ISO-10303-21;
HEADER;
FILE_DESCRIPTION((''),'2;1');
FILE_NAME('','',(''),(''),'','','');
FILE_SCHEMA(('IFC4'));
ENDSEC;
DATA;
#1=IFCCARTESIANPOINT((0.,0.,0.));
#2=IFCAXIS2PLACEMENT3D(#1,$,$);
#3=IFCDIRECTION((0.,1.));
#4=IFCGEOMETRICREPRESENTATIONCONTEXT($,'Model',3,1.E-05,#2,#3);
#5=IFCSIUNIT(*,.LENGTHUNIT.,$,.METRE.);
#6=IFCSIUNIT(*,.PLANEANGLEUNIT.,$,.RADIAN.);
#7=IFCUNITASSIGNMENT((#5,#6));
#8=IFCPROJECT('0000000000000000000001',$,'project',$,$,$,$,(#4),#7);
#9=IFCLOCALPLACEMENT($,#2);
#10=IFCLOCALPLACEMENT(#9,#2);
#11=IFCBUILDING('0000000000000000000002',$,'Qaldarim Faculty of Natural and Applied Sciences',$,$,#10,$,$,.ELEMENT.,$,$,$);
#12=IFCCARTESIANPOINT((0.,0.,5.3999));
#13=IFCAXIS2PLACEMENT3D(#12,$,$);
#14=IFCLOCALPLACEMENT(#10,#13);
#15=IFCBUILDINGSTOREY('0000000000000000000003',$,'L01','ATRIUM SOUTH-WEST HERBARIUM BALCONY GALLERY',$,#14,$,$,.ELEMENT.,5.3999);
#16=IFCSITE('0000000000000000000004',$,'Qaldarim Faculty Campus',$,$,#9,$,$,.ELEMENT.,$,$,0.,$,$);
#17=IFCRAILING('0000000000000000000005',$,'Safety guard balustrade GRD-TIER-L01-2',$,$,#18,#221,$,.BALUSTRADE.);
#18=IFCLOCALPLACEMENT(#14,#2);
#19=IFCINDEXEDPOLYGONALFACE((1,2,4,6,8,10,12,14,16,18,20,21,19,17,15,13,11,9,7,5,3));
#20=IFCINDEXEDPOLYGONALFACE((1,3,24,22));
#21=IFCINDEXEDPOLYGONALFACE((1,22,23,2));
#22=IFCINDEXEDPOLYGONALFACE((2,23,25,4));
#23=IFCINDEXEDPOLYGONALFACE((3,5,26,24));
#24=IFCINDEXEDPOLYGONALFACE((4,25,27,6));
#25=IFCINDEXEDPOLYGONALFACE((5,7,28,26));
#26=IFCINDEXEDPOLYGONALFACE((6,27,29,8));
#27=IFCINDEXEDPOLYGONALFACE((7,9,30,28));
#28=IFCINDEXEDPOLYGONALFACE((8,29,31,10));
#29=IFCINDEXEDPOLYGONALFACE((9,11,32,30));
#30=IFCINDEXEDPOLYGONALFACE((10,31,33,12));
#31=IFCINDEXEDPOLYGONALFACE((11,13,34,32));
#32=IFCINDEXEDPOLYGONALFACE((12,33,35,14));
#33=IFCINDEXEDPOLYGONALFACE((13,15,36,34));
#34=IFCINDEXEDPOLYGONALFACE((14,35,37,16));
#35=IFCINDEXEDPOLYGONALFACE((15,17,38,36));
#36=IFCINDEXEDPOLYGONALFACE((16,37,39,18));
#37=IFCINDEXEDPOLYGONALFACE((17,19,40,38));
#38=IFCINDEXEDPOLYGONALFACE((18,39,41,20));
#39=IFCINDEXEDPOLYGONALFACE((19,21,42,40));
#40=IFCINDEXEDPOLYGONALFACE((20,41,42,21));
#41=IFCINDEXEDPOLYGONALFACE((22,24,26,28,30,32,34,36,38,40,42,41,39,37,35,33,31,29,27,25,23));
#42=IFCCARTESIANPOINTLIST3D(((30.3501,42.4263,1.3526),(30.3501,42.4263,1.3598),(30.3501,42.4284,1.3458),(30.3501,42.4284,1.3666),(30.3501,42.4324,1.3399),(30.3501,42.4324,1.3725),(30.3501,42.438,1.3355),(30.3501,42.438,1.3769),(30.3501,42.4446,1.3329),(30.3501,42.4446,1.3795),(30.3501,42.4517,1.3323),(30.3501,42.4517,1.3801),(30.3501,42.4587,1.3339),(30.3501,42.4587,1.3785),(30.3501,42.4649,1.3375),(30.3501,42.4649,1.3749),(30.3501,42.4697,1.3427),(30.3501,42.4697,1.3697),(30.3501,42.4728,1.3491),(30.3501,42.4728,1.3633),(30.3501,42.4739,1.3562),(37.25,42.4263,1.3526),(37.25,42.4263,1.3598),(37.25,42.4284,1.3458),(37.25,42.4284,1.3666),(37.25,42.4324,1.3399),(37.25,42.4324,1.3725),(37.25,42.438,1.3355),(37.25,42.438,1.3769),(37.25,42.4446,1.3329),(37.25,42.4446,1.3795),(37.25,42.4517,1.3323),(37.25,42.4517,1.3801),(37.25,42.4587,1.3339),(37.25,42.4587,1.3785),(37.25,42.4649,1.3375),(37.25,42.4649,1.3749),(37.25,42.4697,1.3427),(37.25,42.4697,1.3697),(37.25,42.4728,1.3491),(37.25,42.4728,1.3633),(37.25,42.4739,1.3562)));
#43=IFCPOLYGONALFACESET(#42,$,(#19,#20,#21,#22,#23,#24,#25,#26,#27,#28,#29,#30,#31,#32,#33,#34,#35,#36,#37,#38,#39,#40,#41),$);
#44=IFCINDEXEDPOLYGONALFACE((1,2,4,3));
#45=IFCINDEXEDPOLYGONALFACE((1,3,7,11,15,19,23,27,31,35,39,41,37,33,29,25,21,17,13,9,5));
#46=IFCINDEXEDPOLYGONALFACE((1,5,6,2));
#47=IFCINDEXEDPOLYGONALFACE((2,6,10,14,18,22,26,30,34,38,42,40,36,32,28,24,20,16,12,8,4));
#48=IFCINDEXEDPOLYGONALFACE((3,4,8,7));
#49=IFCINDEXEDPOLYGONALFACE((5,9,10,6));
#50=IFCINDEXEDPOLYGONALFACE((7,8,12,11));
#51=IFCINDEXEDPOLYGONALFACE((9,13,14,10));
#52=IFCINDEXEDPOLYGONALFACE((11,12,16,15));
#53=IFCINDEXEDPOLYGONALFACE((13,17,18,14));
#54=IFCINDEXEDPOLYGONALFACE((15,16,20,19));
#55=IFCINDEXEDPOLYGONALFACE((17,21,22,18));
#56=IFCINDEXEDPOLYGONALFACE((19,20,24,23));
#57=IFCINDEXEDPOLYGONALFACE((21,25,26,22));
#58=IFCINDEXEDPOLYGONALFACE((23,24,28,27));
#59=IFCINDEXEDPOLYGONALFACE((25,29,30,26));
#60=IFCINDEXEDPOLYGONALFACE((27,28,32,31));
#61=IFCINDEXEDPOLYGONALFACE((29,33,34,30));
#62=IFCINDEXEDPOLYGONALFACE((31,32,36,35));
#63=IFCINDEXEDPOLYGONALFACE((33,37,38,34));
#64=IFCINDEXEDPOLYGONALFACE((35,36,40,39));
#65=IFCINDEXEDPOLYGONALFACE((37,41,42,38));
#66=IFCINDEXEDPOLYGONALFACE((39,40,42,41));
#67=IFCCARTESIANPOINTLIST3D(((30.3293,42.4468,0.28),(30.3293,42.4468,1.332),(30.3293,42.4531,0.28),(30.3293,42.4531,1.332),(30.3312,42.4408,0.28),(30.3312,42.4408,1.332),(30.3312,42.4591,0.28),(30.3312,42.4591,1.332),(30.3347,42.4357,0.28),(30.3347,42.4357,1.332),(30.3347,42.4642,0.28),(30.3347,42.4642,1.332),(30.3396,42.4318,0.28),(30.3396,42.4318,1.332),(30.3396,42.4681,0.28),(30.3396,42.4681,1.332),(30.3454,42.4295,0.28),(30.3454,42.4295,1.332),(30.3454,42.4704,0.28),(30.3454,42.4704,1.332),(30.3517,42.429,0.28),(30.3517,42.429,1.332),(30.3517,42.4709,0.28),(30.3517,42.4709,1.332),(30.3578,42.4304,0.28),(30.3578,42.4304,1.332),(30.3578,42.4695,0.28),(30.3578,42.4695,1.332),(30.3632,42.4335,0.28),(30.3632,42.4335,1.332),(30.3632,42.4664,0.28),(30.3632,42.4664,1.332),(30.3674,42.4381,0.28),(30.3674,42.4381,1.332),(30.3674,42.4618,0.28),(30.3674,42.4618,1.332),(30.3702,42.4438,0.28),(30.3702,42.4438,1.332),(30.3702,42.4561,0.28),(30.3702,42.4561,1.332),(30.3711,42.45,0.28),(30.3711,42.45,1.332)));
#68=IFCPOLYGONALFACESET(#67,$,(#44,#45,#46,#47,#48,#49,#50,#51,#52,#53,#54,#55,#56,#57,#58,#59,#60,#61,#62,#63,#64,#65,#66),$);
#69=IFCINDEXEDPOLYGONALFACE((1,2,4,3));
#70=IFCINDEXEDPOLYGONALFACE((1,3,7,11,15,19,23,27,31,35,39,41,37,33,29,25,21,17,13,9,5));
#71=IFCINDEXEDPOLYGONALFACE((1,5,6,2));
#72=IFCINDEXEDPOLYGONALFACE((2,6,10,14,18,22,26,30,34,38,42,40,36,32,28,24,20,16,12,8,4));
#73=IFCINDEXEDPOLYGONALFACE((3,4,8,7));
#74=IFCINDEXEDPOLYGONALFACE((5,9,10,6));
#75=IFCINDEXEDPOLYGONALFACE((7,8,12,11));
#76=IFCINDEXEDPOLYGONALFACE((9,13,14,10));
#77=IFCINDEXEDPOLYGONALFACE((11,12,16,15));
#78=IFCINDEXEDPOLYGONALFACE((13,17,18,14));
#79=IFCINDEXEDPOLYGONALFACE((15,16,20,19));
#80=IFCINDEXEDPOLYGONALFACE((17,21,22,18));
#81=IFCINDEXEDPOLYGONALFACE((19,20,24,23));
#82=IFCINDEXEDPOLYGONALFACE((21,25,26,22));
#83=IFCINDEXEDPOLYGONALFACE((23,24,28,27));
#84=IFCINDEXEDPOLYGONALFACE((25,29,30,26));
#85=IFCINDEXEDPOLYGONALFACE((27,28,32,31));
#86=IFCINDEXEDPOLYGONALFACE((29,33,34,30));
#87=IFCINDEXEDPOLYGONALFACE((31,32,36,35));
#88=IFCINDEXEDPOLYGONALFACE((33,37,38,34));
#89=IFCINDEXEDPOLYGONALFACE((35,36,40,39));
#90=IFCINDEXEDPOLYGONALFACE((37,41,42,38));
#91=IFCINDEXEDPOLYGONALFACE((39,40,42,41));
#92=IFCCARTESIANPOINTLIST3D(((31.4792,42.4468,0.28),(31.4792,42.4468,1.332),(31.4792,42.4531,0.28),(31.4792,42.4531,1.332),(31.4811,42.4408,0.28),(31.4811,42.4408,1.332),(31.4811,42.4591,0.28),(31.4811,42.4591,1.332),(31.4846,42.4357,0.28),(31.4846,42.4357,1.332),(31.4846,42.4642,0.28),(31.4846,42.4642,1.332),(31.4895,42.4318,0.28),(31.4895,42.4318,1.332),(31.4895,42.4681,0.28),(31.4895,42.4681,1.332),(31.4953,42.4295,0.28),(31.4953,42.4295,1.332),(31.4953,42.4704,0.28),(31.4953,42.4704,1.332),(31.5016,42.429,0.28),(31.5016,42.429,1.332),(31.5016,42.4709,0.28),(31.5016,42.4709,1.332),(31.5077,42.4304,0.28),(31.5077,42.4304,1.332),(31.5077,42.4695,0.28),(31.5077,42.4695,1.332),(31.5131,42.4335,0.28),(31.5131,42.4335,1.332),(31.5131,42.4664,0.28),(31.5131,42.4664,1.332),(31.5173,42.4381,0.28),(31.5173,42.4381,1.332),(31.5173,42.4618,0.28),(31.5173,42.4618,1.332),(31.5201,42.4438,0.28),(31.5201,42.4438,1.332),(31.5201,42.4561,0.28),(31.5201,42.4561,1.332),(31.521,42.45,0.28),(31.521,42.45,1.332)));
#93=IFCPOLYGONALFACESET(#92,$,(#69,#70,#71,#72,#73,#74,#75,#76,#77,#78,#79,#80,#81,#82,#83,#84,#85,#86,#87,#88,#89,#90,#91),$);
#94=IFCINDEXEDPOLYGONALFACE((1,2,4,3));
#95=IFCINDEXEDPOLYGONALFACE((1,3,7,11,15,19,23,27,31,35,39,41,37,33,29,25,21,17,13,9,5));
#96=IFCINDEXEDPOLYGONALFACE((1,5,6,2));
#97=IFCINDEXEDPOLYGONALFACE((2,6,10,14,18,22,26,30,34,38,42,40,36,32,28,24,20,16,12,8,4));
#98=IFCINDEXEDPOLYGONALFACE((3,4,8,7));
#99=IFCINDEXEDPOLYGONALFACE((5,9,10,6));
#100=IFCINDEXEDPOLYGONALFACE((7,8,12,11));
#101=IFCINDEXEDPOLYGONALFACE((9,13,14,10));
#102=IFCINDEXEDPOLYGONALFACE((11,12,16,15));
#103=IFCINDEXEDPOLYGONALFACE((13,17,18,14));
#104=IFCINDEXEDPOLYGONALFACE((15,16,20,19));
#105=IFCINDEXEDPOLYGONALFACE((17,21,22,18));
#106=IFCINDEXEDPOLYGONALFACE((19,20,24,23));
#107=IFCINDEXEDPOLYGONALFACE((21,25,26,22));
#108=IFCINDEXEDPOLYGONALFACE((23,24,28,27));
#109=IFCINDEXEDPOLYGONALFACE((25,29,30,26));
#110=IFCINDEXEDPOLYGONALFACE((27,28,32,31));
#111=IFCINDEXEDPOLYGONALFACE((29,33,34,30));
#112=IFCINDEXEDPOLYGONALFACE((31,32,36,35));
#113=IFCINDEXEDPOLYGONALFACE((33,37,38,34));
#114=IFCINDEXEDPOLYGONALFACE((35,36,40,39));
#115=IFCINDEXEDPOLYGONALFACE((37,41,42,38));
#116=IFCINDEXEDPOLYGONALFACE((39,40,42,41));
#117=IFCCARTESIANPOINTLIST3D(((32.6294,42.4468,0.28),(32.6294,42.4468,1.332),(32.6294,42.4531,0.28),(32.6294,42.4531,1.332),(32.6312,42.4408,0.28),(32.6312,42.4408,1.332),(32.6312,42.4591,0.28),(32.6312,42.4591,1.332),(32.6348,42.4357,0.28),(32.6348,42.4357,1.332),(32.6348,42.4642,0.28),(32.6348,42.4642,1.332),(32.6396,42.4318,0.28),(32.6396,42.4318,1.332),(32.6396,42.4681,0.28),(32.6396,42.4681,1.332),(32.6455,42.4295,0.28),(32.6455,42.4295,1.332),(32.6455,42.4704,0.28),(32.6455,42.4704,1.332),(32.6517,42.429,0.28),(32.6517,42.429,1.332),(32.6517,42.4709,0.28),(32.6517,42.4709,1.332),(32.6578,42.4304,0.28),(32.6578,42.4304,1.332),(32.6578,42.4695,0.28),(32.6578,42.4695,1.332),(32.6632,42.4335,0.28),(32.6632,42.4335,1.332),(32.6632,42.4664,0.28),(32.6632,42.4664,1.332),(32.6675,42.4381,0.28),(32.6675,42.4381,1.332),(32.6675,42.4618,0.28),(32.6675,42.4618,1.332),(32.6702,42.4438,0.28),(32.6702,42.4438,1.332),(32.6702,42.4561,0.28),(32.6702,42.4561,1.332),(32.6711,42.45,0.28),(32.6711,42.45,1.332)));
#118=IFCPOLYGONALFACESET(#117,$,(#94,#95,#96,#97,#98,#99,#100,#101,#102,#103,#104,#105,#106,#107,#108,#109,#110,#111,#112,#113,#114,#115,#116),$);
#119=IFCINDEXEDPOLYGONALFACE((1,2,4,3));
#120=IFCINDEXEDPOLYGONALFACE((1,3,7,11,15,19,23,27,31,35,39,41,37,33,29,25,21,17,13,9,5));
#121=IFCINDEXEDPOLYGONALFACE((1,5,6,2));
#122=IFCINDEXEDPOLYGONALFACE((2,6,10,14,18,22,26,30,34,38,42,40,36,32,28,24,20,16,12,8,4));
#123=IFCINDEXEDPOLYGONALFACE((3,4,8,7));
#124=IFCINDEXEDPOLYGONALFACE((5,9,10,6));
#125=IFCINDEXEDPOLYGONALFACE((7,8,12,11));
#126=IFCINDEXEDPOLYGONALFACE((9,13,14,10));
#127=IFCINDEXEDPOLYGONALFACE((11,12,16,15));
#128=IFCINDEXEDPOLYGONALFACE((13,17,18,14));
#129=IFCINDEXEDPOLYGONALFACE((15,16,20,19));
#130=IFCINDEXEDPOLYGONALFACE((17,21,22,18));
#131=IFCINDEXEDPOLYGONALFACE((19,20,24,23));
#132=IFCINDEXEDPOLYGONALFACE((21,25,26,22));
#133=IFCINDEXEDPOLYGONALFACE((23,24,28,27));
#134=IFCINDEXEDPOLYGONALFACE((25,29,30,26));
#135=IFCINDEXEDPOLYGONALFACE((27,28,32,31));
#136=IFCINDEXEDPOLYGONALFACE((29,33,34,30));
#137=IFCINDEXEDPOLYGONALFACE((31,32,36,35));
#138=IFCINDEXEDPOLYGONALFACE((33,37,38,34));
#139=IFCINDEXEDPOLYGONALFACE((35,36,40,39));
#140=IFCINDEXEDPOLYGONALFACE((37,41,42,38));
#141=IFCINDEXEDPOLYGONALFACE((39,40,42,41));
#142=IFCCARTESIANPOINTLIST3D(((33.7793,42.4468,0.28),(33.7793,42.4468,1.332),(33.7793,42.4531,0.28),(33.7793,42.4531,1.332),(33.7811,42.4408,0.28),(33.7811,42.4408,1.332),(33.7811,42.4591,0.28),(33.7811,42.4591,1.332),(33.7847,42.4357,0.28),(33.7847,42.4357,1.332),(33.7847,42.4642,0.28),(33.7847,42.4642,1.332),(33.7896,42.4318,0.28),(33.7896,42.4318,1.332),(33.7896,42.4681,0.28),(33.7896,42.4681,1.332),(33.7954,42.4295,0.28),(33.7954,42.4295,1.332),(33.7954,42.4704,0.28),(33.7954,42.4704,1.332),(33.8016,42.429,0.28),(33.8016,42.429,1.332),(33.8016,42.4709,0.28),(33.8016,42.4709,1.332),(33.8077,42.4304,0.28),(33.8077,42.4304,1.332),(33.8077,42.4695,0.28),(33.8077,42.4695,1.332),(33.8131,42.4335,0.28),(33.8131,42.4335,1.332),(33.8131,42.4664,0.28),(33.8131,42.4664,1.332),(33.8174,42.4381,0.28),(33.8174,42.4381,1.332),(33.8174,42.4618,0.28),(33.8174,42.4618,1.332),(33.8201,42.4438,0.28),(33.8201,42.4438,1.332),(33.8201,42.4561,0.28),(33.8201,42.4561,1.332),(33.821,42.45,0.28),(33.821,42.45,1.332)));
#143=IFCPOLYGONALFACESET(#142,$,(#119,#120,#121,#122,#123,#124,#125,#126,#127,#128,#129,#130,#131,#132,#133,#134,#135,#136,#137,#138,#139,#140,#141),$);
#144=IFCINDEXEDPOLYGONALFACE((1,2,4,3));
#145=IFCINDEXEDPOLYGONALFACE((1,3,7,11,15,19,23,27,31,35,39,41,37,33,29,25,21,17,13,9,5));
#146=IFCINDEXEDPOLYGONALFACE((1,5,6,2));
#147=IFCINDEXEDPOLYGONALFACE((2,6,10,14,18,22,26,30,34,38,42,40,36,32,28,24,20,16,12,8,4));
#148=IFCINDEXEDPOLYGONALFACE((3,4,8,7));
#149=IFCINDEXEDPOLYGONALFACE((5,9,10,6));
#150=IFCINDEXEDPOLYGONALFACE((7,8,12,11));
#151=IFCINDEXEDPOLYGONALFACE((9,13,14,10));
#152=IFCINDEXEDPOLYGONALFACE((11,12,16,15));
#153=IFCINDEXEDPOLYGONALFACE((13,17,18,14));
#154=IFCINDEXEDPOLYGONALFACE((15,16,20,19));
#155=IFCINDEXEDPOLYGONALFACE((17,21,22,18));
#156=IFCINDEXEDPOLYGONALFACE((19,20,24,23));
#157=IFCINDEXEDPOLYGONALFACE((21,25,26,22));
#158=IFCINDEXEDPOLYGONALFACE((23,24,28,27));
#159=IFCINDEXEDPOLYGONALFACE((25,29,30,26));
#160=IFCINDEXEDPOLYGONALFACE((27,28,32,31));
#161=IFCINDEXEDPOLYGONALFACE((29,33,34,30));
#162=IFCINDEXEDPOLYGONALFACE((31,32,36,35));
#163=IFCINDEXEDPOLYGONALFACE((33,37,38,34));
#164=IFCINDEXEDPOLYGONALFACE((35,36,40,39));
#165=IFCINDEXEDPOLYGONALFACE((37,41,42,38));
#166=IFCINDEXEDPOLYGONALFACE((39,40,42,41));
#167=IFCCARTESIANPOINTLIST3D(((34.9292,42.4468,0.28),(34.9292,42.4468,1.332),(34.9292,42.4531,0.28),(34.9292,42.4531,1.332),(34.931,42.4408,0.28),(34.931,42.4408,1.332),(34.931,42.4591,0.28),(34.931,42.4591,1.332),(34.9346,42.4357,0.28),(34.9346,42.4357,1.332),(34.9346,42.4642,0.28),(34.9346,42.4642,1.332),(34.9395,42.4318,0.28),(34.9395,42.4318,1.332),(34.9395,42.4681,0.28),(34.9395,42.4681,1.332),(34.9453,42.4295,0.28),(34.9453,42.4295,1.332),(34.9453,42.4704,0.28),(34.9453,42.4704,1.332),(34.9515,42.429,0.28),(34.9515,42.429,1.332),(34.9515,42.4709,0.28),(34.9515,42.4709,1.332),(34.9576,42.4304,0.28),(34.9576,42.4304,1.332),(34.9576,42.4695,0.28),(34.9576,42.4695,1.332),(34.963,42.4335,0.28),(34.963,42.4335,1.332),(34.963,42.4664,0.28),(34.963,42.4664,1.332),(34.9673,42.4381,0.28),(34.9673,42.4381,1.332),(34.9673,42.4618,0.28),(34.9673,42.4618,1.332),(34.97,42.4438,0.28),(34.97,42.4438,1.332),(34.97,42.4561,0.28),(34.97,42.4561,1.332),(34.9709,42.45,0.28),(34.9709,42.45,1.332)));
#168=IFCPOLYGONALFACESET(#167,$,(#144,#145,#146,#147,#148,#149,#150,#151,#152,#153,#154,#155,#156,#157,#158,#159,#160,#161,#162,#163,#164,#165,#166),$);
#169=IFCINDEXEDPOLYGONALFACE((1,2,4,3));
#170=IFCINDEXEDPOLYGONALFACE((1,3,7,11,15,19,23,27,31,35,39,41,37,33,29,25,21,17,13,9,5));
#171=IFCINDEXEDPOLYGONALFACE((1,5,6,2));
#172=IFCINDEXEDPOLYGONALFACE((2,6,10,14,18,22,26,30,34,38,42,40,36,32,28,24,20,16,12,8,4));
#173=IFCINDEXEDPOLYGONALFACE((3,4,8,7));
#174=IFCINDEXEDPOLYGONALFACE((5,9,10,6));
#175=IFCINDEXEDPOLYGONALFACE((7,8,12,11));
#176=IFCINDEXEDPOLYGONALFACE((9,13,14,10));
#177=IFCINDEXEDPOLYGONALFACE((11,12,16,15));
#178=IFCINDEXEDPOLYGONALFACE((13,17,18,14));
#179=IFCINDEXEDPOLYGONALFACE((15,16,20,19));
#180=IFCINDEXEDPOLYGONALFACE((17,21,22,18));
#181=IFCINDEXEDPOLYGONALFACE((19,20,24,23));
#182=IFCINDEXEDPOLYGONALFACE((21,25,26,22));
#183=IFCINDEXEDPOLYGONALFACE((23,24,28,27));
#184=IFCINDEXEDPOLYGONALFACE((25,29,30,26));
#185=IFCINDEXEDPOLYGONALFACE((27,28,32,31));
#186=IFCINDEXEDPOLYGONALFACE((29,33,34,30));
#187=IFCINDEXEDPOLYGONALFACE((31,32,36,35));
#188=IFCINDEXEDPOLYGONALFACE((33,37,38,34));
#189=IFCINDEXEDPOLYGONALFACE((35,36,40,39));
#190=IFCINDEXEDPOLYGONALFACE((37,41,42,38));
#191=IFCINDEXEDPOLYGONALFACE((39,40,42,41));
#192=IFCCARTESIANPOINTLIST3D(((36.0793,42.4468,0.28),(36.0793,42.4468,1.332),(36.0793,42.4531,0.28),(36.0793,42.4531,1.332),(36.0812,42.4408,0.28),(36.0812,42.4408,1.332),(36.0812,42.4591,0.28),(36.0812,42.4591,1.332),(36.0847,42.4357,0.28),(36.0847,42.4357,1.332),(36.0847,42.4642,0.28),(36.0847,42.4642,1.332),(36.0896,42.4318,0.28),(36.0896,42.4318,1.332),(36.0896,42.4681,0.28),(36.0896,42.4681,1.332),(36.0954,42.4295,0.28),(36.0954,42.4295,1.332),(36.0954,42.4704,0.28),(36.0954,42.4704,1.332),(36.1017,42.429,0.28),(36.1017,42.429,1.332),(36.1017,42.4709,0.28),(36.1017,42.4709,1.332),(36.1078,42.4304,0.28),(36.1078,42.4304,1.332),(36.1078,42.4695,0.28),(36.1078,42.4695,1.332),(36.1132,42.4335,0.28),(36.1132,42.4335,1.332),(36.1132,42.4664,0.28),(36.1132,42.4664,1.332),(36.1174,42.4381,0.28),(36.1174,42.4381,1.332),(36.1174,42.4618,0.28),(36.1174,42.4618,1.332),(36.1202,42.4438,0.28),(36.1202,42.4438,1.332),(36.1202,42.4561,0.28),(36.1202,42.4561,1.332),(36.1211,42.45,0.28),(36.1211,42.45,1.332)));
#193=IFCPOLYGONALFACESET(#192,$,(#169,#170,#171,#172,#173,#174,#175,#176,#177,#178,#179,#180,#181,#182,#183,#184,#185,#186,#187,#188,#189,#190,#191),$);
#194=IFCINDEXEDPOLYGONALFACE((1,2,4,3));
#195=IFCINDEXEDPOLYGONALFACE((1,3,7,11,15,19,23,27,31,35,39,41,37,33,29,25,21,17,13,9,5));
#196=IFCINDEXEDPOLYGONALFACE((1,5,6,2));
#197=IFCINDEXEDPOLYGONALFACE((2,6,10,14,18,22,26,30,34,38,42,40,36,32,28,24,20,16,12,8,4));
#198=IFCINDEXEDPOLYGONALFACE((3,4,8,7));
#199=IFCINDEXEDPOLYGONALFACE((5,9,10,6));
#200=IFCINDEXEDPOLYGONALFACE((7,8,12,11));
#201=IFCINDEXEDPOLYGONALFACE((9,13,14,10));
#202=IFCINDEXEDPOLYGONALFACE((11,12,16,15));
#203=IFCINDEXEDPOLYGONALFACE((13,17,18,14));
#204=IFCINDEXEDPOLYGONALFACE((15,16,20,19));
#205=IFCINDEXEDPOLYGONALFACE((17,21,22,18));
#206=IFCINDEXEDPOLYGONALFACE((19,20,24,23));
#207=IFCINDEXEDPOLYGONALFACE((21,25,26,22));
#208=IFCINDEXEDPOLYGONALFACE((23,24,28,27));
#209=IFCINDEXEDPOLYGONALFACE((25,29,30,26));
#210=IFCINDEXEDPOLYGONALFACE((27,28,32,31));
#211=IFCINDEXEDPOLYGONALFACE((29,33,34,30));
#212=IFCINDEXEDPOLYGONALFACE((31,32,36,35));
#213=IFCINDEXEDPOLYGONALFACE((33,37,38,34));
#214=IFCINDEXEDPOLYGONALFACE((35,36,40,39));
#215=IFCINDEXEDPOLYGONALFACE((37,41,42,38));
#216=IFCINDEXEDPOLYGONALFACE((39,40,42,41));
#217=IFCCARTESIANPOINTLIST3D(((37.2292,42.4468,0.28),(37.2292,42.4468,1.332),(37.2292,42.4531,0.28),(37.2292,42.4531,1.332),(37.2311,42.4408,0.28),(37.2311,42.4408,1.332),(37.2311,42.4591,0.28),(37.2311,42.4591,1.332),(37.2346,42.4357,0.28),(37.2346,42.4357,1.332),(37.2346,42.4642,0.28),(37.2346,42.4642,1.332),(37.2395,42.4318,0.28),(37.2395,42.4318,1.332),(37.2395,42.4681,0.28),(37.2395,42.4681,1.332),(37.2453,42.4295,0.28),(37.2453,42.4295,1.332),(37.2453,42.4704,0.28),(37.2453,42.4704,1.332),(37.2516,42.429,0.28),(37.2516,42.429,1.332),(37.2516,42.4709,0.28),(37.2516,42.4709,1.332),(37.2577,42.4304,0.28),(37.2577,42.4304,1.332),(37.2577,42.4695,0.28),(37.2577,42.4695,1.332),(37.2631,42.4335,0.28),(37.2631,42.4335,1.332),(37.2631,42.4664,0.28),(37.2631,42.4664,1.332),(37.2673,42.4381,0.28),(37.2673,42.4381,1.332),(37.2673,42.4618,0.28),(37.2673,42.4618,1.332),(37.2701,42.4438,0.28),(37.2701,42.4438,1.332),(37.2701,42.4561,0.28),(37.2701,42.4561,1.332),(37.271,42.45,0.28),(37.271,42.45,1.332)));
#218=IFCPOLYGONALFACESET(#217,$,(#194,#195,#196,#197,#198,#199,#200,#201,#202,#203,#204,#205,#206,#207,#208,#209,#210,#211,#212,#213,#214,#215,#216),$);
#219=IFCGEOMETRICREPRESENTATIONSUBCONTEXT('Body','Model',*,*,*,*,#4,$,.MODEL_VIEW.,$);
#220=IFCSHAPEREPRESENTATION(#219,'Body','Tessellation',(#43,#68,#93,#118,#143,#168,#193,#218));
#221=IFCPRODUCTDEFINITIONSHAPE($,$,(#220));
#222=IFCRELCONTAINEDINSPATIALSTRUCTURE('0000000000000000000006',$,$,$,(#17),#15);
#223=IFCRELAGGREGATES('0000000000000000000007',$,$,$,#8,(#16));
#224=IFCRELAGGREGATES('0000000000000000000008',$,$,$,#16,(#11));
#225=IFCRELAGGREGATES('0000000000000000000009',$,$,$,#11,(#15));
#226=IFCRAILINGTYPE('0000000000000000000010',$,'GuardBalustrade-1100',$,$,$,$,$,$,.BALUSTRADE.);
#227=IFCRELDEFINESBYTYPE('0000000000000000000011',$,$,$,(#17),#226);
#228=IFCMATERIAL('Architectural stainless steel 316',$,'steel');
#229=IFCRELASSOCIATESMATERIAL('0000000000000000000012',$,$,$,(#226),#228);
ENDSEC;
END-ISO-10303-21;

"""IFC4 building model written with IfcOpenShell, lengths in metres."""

from ifc_helpers import new_model, si_unit, direction, frame, origin, origin_2d, place, context, subcontext, project, spatial, circle, extrude, material, type_object, element, save


model = new_model("IFC4")

# Units and contexts
model_context = context("Model", 3, precision=1e-05, world=origin(), true_north=direction((0.0, 1.0)))
body_context = subcontext(model_context, "Body", "Model", "MODEL_VIEW")
ifc_project = project(units=[si_unit("LENGTHUNIT", "METRE"), si_unit("PLANEANGLEUNIT", "RADIAN")], contexts=[model_context])

# Site, building, storey
site_placement = place(None, origin())
site = spatial("IfcSite", under=ifc_project, at=site_placement, Name="Qaldarim Faculty Campus", CompositionType="ELEMENT", RefElevation=0.0)
building_placement = place(site_placement, origin())
building = spatial("IfcBuilding", under=site, at=building_placement, Name="Qaldarim Faculty of Natural and Applied Sciences", CompositionType="ELEMENT")
storey_placement = place(building_placement, frame((0.0, 0.0, 5.3999)))
storey = spatial("IfcBuildingStorey", under=building, at=storey_placement, Name="L01", Description="ATRIUM SOUTH-WEST HERBARIUM BALCONY GALLERY", CompositionType="ELEMENT", Elevation=5.3999)

# Railing
ifc_material_1 = material(Name="Architectural stainless steel 316", Category="steel")
railing_type = type_object("IfcRailingType", Name="GuardBalustrade-1100", PredefinedType="BALUSTRADE", material=ifc_material_1)
railing_1_placement = place(storey_placement, frame((30.3501, 42.45, 0.28)))
element("IfcRailing", 1, at=railing_1_placement, inside=storey, type_object=railing_type, Name="Safety guard balustrade GRD-TIER-L01-2", PredefinedType="BALUSTRADE", context=body_context, shape_type="SweptSolid", body=[
    extrude(circle(Radius=0.0239, at=origin_2d()), frame((0.0, 0.0, 1.0762), z_axis=(1.0, 0.0, 0.0), x_axis=(0.0, 1.0, 0.0)), (0.0, 0.0, 1.0), 6.8999),
    extrude(circle(Radius=0.021, at=origin_2d()), origin(), (0.0, 0.0, 1.0), 1.052),
    extrude(circle(Radius=0.021, at=origin_2d()), frame((1.1499, 0.0, 0.0)), (0.0, 0.0, 1.0), 1.052),
    extrude(circle(Radius=0.021, at=origin_2d()), frame((2.3, 0.0, 0.0)), (0.0, 0.0, 1.0), 1.052),
    extrude(circle(Radius=0.021, at=origin_2d()), frame((3.45, 0.0, 0.0)), (0.0, 0.0, 1.0), 1.052),
    extrude(circle(Radius=0.021, at=origin_2d()), frame((4.5999, 0.0, 0.0)), (0.0, 0.0, 1.0), 1.052),
    extrude(circle(Radius=0.021, at=origin_2d()), frame((5.75, 0.0, 0.0)), (0.0, 0.0, 1.0), 1.052),
    extrude(circle(Radius=0.021, at=origin_2d()), frame((6.8999, 0.0, 0.0)), (0.0, 0.0, 1.0), 1.052),
])

save(model, "model.ifc")
